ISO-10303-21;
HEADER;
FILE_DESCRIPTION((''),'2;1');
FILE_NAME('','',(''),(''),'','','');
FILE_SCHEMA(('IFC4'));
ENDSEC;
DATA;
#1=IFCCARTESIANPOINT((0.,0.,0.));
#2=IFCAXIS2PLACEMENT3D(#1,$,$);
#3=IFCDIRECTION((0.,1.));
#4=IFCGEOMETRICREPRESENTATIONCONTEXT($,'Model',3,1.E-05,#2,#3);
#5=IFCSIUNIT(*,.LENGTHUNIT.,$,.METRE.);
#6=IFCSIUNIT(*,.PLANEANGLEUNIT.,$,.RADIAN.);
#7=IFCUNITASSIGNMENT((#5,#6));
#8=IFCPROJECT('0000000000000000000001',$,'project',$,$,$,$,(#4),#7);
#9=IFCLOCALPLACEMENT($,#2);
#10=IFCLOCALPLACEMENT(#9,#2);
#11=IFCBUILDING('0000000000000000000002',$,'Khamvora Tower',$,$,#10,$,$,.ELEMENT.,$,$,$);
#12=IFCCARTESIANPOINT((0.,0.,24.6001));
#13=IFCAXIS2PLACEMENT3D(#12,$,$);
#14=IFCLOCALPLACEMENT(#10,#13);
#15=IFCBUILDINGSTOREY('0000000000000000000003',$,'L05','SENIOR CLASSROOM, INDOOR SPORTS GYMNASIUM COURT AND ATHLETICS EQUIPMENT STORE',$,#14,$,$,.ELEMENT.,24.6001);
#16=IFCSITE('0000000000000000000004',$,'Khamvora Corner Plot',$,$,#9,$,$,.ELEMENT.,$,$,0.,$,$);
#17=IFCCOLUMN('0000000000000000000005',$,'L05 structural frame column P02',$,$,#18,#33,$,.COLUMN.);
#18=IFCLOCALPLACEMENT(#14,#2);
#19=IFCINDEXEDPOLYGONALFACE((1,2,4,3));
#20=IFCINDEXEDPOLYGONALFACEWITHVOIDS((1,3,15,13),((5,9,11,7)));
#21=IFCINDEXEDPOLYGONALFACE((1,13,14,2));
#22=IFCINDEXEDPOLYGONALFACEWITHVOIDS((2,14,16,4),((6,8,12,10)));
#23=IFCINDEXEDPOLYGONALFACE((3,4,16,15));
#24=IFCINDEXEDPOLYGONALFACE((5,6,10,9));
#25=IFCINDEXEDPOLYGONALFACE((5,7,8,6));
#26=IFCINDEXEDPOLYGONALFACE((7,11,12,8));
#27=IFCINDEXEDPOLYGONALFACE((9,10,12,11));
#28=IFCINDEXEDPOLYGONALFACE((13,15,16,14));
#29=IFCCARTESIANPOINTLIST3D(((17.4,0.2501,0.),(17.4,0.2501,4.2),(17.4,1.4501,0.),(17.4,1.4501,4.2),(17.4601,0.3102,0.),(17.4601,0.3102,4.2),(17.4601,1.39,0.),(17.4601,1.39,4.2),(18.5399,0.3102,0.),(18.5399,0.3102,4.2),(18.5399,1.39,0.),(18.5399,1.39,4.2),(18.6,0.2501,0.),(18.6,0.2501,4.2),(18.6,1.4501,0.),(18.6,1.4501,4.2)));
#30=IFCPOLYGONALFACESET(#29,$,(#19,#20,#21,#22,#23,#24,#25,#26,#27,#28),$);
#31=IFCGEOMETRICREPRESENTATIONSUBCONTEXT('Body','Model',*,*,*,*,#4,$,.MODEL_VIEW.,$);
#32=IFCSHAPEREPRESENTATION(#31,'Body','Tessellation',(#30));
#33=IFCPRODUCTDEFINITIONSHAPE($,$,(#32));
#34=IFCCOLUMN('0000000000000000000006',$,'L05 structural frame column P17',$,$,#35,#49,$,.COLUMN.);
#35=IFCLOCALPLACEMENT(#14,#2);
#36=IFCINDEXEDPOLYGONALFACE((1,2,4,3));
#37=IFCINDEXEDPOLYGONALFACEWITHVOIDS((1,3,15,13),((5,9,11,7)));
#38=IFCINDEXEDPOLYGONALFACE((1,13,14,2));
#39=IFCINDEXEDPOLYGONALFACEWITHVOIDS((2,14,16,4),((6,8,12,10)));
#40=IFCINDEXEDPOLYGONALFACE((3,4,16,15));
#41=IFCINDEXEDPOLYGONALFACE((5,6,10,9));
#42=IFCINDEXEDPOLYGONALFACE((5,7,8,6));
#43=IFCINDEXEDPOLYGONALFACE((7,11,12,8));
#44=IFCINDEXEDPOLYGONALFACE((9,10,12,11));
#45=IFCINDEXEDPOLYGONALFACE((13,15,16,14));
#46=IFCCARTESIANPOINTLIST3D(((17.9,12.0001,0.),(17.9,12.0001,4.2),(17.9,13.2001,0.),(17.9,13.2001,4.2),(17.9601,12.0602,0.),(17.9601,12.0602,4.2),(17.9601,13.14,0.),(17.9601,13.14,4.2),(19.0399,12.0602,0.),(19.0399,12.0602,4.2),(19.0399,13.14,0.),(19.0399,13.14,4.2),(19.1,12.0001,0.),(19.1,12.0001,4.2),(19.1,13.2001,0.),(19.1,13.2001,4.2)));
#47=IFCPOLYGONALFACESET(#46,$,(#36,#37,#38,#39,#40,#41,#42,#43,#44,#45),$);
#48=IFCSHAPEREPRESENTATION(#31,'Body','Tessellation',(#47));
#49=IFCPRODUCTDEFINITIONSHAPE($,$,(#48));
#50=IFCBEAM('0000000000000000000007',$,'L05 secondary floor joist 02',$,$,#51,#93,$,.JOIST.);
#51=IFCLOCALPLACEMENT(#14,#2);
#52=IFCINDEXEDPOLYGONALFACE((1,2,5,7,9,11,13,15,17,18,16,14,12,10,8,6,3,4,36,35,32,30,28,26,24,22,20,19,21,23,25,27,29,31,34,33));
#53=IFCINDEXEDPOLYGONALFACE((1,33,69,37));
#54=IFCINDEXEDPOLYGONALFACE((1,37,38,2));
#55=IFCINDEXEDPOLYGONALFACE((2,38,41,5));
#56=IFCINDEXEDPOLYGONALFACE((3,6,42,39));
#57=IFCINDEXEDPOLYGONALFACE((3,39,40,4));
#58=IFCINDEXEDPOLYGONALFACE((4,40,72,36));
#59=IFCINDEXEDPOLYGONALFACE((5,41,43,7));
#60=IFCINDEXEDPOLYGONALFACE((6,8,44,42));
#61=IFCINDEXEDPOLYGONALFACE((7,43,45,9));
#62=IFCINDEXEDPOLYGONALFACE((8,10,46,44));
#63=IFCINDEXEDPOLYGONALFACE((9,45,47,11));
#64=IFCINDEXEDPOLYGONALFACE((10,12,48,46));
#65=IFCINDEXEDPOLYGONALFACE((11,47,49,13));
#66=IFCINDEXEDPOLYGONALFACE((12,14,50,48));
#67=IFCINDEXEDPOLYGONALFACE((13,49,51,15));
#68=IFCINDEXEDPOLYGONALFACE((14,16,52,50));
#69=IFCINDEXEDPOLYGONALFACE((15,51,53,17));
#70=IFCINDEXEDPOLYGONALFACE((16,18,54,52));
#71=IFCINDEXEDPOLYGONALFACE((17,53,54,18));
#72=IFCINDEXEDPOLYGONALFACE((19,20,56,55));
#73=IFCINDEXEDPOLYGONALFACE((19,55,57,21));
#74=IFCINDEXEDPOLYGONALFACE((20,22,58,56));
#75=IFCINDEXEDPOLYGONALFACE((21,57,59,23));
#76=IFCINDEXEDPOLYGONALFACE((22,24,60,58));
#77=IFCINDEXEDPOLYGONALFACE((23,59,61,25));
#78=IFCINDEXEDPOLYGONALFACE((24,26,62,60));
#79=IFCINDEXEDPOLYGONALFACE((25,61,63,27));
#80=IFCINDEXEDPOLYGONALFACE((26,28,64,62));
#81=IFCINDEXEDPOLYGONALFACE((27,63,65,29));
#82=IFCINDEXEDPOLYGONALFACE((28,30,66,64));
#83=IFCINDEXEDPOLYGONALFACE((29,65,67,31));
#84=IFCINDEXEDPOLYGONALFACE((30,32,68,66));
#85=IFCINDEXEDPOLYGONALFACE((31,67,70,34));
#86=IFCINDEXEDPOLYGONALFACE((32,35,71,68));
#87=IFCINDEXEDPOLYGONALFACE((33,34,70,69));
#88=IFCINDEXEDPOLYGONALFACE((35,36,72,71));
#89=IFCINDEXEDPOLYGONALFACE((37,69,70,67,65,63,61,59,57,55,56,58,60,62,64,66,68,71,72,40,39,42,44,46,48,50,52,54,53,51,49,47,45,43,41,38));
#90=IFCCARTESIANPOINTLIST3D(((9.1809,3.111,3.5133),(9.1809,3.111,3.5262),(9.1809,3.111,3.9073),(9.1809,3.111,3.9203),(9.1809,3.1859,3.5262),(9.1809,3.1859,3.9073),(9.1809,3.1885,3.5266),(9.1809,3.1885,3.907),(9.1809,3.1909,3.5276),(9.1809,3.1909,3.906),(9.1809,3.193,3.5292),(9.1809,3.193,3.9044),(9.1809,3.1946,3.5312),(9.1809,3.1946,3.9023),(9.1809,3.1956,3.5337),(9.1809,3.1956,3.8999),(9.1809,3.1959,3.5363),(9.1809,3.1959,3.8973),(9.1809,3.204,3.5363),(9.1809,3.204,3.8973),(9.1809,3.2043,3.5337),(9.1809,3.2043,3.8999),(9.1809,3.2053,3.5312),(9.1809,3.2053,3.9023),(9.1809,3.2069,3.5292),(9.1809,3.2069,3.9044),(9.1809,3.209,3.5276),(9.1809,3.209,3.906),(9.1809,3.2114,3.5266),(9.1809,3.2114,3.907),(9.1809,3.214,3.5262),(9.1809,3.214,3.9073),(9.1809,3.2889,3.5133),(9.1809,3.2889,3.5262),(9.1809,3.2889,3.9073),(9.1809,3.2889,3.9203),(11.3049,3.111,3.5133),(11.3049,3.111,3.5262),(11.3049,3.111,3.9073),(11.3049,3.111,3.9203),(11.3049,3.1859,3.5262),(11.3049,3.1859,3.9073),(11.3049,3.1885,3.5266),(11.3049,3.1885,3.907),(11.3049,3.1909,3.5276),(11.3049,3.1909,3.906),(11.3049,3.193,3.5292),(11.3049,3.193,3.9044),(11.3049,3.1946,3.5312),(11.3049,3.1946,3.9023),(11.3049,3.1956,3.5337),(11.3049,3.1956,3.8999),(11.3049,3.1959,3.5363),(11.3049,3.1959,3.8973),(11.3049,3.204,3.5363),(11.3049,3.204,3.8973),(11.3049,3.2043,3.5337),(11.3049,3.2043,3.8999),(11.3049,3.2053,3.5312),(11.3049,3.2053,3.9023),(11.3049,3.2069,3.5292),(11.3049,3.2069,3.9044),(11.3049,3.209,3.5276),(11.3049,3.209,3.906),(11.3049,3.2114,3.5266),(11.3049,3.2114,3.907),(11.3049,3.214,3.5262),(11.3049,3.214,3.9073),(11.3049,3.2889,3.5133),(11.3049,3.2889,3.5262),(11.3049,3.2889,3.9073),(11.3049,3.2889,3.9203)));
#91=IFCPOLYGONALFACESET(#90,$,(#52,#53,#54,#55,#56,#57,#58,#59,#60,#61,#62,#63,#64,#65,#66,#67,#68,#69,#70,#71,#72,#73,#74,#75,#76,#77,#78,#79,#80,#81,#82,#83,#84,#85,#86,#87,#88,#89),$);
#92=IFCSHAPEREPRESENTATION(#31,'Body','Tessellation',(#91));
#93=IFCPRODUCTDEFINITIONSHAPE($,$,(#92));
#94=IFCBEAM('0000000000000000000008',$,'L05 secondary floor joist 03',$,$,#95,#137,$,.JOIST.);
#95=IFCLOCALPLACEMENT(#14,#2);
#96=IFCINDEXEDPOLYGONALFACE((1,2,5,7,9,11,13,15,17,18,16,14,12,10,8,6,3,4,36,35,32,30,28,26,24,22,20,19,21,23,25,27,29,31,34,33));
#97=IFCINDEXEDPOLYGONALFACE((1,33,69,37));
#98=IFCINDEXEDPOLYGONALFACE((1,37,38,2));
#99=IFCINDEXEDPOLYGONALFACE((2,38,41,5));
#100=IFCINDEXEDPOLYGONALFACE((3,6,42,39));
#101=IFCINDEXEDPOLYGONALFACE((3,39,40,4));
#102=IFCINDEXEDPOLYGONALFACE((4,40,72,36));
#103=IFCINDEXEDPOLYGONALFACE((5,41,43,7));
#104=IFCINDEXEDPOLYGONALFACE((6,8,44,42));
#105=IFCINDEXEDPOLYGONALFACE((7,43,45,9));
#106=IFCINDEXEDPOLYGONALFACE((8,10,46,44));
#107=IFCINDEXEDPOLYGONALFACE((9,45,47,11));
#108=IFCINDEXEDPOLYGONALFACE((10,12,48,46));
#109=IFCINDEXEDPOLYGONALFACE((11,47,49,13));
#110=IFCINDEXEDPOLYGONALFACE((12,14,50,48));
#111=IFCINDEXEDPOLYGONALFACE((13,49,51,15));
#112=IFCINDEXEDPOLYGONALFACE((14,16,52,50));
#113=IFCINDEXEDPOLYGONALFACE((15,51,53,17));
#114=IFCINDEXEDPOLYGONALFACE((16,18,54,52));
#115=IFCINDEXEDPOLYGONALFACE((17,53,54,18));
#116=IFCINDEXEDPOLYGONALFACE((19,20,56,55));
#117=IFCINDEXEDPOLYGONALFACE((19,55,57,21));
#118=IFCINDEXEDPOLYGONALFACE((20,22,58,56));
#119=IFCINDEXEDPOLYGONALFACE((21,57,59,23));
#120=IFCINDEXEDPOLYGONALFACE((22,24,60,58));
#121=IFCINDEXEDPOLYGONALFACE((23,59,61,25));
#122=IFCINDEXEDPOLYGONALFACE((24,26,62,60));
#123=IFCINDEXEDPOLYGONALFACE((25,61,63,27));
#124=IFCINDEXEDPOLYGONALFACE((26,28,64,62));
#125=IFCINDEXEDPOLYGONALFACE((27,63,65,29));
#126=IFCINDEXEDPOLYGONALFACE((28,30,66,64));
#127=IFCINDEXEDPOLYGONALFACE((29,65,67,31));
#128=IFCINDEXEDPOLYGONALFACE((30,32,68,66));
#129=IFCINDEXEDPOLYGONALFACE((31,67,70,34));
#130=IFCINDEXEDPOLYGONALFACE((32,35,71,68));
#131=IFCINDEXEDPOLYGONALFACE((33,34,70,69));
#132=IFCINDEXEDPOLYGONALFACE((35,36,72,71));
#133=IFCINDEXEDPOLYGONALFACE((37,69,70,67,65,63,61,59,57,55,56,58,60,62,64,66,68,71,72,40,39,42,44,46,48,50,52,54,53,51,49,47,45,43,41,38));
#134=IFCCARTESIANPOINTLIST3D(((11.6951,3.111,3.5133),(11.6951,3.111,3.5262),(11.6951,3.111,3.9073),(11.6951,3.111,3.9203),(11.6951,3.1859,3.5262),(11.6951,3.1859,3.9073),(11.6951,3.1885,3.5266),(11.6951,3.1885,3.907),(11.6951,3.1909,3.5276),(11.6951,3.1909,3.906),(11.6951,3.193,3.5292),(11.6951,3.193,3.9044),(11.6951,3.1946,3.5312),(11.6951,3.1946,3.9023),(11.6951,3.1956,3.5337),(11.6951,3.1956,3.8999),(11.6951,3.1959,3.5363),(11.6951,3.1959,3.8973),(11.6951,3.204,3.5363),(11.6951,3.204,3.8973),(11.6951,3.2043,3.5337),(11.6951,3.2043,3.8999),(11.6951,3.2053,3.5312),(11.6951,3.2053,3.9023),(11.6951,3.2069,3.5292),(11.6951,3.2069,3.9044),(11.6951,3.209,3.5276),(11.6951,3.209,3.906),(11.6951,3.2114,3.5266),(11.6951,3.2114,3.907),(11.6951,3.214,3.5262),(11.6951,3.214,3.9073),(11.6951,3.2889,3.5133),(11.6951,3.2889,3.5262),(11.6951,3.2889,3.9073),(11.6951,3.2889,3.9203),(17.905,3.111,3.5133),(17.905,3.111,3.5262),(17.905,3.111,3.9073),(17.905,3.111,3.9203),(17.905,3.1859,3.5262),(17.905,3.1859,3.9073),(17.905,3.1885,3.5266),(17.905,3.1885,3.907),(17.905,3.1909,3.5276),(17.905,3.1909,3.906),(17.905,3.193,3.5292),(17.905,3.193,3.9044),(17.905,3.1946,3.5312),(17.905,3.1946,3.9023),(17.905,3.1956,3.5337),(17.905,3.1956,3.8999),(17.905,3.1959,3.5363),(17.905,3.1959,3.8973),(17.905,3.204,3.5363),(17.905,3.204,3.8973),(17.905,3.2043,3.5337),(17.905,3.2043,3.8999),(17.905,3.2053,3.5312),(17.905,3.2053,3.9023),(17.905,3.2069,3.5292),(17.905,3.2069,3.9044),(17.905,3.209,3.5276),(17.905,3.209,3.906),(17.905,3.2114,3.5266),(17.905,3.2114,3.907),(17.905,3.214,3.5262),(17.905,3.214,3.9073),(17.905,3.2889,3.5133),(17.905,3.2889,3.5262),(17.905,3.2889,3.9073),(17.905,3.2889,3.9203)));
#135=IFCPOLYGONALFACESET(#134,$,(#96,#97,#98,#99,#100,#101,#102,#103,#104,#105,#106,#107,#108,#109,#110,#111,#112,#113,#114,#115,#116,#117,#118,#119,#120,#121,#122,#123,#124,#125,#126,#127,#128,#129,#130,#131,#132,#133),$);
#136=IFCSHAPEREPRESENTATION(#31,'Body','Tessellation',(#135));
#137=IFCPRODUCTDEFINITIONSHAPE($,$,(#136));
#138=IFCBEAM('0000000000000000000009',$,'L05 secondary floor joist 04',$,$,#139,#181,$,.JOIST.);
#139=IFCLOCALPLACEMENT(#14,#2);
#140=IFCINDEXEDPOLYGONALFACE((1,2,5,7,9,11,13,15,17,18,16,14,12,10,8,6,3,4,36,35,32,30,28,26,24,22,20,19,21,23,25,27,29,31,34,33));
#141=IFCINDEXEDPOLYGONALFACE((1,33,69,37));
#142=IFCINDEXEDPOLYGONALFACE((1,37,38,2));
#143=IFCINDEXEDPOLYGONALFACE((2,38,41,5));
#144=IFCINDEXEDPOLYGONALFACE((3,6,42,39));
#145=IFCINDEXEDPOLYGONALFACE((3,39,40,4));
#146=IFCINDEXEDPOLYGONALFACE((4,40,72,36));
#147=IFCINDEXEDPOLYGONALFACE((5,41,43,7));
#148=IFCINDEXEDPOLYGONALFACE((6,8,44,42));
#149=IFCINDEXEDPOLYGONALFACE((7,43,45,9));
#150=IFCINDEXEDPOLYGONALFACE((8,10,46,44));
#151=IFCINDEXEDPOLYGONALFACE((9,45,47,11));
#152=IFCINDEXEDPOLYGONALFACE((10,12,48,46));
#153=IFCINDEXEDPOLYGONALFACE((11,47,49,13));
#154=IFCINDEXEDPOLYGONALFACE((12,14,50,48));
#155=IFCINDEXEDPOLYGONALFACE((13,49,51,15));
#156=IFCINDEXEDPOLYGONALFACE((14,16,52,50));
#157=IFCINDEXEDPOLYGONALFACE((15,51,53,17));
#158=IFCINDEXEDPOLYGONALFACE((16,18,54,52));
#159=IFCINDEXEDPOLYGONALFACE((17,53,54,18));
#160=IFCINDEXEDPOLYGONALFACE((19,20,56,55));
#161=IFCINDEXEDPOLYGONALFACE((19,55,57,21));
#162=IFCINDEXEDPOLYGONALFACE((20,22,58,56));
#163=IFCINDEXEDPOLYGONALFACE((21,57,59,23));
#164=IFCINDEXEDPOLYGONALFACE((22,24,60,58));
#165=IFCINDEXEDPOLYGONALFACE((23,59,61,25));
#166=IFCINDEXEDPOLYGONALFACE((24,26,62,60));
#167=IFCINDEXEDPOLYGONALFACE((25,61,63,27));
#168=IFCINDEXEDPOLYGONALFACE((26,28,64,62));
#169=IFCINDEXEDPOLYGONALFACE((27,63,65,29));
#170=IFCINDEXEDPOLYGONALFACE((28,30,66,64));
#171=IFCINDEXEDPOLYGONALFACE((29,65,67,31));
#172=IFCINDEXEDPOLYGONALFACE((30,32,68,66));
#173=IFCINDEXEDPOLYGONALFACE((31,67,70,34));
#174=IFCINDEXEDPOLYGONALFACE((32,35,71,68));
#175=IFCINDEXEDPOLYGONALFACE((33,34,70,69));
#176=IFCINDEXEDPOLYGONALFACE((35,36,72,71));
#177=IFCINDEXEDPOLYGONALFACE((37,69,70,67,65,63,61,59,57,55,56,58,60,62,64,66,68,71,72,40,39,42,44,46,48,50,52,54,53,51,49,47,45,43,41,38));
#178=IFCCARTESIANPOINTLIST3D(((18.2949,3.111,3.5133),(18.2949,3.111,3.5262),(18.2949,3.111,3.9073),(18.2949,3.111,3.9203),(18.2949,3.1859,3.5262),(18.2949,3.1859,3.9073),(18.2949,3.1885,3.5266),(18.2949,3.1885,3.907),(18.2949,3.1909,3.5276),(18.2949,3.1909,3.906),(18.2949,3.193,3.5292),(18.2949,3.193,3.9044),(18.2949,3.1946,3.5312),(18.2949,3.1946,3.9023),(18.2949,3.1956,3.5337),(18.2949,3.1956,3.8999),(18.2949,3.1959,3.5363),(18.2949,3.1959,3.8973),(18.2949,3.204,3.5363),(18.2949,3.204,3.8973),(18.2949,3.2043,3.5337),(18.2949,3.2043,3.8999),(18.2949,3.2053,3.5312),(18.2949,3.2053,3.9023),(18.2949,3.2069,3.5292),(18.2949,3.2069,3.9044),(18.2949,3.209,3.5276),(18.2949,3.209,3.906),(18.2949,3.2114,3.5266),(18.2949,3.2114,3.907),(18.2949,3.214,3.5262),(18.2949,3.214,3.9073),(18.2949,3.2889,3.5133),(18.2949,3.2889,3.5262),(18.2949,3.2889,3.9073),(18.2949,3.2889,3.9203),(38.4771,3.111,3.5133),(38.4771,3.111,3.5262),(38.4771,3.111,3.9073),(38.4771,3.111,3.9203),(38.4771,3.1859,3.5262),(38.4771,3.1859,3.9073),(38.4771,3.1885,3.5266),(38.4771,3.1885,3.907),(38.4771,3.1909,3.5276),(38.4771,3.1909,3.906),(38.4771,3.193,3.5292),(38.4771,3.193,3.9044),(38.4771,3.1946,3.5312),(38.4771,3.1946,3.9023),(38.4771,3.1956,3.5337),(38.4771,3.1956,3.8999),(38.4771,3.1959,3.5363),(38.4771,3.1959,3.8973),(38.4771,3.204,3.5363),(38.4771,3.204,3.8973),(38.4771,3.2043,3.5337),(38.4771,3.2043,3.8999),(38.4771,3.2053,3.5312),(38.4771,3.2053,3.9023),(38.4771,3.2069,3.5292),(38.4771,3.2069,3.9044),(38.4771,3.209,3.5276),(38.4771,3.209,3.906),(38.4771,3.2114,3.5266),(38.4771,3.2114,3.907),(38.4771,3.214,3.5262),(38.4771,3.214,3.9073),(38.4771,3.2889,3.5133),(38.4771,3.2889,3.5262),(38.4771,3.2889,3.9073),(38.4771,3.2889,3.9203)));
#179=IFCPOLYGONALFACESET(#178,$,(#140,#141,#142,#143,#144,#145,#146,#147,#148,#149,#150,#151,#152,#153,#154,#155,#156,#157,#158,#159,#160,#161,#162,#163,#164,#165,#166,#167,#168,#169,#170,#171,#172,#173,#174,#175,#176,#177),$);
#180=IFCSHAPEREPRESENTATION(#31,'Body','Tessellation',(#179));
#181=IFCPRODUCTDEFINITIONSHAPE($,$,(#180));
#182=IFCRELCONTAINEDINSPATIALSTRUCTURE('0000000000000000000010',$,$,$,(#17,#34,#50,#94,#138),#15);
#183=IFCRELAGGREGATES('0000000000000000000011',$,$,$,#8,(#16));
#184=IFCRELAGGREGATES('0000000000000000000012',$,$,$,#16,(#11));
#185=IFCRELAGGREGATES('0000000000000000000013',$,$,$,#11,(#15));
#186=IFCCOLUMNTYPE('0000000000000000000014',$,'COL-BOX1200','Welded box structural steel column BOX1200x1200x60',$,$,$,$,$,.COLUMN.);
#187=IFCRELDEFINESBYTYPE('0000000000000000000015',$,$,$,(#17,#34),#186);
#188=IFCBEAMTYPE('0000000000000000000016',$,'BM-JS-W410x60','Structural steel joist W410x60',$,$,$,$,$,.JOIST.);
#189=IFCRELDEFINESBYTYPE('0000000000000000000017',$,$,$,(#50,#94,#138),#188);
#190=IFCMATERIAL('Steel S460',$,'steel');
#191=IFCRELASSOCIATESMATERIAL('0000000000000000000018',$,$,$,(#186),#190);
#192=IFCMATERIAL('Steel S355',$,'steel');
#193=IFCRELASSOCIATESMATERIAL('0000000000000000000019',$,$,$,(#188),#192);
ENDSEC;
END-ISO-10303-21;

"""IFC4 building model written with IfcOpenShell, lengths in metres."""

from ifc_helpers import new_model, si_unit, direction, frame, origin, origin_2d, place, context, subcontext, project, spatial, hollow_rectangle, i_section, extrude, material, material_profile, profile_set, type_object, element, save


model = new_model("IFC4")

# Units and contexts
model_context = context("Model", 3, precision=1e-05, world=origin(), true_north=direction((0.0, 1.0)))
body_context = subcontext(model_context, "Body", "Model", "MODEL_VIEW")
ifc_project = project(units=[si_unit("LENGTHUNIT", "METRE"), si_unit("PLANEANGLEUNIT", "RADIAN")], contexts=[model_context])

# Site, building, storey
site_placement = place(None, origin())
site = spatial("IfcSite", under=ifc_project, at=site_placement, Name="Khamvora Corner Plot", CompositionType="ELEMENT", RefElevation=0.0)
building_placement = place(site_placement, origin())
building = spatial("IfcBuilding", under=site, at=building_placement, Name="Khamvora Tower", CompositionType="ELEMENT")
storey_placement = place(building_placement, frame((0.0, 0.0, 24.6001)))
storey = spatial("IfcBuildingStorey", under=building, at=storey_placement, Name="L05", Description="SENIOR CLASSROOM, INDOOR SPORTS GYMNASIUM COURT AND ATHLETICS EQUIPMENT STORE", CompositionType="ELEMENT", Elevation=24.6001)

# Columns
ifc_material_1 = material(Name="Steel S460", Category="steel")
ifc_material_profile_1 = material_profile(ifc_material_1, hollow_rectangle(XDim=1.2, YDim=1.2, WallThickness=0.0601, at=origin_2d()), Name="BOX1200x1200x60")
ifc_profile_set_1 = profile_set([ifc_material_profile_1], Name="Steel S460")
column_type = type_object("IfcColumnType", Name="COL-BOX1200", Description="Welded box structural steel column BOX1200x1200x60", PredefinedType="COLUMN", material=ifc_profile_set_1)
for number, where, z_axis, x_axis, name in (
    (1, (18.0, 0.8501, 0.0), (0.0, 0.0, 1.0), (1.0, 0.0, 0.0), "L05 structural frame column P02"),
    (2, (18.5, 12.6001, 0.0), (0.0, 0.0, 1.0), (1.0, 0.0, 0.0), "L05 structural frame column P17"),
):
    element("IfcColumn", number, at=place(storey_placement, frame(where, z_axis=z_axis, x_axis=x_axis)), inside=storey, type_object=column_type, Name=name, PredefinedType="COLUMN", context=body_context, shape_type="SweptSolid", body=[
        extrude(hollow_rectangle(XDim=1.2, YDim=1.2, WallThickness=0.0601, at=origin_2d()), origin(), (0.0, 0.0, 1.0), 4.2),
    ])

# Beams
ifc_material_2 = material(Name="Steel S355", Category="steel")
ifc_material_profile_2 = material_profile(ifc_material_2, i_section(OverallWidth=0.178, OverallDepth=0.407, WebThickness=0.0081, FlangeThickness=0.0129, FilletRadius=0.01, at=origin_2d()), Name="W410x60")
ifc_profile_set_2 = profile_set([ifc_material_profile_2], Name="Steel S355")
beam_type_1 = type_object("IfcBeamType", Name="BM-JS-W410x60", Description="Structural steel joist W410x60", PredefinedType="JOIST", material=ifc_profile_set_2)
beam_1_placement = place(storey_placement, frame((9.1809, 3.2, 3.7168), z_axis=(1.0, 0.0, 0.0), x_axis=(0.0, 1.0, 0.0)))
element("IfcBeam", 3, at=beam_1_placement, inside=storey, type_object=beam_type_1, Name="L05 secondary floor joist 02", PredefinedType="JOIST", context=body_context, shape_type="SweptSolid", body=[
    extrude(i_section(OverallWidth=0.178, OverallDepth=0.407, WebThickness=0.0081, FlangeThickness=0.0129, FilletRadius=0.01, at=origin_2d()), origin(), (0.0, 0.0, 1.0), 2.124),
])
beam_2_placement = place(storey_placement, frame((11.6951, 3.2, 3.7168), z_axis=(1.0, 0.0, 0.0), x_axis=(0.0, 1.0, 0.0)))
element("IfcBeam", 4, at=beam_2_placement, inside=storey, type_object=beam_type_1, Name="L05 secondary floor joist 03", PredefinedType="JOIST", context=body_context, shape_type="SweptSolid", body=[
    extrude(i_section(OverallWidth=0.178, OverallDepth=0.407, WebThickness=0.0081, FlangeThickness=0.0129, FilletRadius=0.01, at=origin_2d()), origin(), (0.0, 0.0, 1.0), 6.21),
])
beam_3_placement = place(storey_placement, frame((18.2949, 3.2, 3.7168), z_axis=(1.0, 0.0, 0.0), x_axis=(0.0, 1.0, 0.0)))
element("IfcBeam", 5, at=beam_3_placement, inside=storey, type_object=beam_type_1, Name="L05 secondary floor joist 04", PredefinedType="JOIST", context=body_context, shape_type="SweptSolid", body=[
    extrude(i_section(OverallWidth=0.178, OverallDepth=0.407, WebThickness=0.0081, FlangeThickness=0.0129, FilletRadius=0.01, at=origin_2d()), origin(), (0.0, 0.0, 1.0), 20.1821),
])

save(model, "model.ifc")
